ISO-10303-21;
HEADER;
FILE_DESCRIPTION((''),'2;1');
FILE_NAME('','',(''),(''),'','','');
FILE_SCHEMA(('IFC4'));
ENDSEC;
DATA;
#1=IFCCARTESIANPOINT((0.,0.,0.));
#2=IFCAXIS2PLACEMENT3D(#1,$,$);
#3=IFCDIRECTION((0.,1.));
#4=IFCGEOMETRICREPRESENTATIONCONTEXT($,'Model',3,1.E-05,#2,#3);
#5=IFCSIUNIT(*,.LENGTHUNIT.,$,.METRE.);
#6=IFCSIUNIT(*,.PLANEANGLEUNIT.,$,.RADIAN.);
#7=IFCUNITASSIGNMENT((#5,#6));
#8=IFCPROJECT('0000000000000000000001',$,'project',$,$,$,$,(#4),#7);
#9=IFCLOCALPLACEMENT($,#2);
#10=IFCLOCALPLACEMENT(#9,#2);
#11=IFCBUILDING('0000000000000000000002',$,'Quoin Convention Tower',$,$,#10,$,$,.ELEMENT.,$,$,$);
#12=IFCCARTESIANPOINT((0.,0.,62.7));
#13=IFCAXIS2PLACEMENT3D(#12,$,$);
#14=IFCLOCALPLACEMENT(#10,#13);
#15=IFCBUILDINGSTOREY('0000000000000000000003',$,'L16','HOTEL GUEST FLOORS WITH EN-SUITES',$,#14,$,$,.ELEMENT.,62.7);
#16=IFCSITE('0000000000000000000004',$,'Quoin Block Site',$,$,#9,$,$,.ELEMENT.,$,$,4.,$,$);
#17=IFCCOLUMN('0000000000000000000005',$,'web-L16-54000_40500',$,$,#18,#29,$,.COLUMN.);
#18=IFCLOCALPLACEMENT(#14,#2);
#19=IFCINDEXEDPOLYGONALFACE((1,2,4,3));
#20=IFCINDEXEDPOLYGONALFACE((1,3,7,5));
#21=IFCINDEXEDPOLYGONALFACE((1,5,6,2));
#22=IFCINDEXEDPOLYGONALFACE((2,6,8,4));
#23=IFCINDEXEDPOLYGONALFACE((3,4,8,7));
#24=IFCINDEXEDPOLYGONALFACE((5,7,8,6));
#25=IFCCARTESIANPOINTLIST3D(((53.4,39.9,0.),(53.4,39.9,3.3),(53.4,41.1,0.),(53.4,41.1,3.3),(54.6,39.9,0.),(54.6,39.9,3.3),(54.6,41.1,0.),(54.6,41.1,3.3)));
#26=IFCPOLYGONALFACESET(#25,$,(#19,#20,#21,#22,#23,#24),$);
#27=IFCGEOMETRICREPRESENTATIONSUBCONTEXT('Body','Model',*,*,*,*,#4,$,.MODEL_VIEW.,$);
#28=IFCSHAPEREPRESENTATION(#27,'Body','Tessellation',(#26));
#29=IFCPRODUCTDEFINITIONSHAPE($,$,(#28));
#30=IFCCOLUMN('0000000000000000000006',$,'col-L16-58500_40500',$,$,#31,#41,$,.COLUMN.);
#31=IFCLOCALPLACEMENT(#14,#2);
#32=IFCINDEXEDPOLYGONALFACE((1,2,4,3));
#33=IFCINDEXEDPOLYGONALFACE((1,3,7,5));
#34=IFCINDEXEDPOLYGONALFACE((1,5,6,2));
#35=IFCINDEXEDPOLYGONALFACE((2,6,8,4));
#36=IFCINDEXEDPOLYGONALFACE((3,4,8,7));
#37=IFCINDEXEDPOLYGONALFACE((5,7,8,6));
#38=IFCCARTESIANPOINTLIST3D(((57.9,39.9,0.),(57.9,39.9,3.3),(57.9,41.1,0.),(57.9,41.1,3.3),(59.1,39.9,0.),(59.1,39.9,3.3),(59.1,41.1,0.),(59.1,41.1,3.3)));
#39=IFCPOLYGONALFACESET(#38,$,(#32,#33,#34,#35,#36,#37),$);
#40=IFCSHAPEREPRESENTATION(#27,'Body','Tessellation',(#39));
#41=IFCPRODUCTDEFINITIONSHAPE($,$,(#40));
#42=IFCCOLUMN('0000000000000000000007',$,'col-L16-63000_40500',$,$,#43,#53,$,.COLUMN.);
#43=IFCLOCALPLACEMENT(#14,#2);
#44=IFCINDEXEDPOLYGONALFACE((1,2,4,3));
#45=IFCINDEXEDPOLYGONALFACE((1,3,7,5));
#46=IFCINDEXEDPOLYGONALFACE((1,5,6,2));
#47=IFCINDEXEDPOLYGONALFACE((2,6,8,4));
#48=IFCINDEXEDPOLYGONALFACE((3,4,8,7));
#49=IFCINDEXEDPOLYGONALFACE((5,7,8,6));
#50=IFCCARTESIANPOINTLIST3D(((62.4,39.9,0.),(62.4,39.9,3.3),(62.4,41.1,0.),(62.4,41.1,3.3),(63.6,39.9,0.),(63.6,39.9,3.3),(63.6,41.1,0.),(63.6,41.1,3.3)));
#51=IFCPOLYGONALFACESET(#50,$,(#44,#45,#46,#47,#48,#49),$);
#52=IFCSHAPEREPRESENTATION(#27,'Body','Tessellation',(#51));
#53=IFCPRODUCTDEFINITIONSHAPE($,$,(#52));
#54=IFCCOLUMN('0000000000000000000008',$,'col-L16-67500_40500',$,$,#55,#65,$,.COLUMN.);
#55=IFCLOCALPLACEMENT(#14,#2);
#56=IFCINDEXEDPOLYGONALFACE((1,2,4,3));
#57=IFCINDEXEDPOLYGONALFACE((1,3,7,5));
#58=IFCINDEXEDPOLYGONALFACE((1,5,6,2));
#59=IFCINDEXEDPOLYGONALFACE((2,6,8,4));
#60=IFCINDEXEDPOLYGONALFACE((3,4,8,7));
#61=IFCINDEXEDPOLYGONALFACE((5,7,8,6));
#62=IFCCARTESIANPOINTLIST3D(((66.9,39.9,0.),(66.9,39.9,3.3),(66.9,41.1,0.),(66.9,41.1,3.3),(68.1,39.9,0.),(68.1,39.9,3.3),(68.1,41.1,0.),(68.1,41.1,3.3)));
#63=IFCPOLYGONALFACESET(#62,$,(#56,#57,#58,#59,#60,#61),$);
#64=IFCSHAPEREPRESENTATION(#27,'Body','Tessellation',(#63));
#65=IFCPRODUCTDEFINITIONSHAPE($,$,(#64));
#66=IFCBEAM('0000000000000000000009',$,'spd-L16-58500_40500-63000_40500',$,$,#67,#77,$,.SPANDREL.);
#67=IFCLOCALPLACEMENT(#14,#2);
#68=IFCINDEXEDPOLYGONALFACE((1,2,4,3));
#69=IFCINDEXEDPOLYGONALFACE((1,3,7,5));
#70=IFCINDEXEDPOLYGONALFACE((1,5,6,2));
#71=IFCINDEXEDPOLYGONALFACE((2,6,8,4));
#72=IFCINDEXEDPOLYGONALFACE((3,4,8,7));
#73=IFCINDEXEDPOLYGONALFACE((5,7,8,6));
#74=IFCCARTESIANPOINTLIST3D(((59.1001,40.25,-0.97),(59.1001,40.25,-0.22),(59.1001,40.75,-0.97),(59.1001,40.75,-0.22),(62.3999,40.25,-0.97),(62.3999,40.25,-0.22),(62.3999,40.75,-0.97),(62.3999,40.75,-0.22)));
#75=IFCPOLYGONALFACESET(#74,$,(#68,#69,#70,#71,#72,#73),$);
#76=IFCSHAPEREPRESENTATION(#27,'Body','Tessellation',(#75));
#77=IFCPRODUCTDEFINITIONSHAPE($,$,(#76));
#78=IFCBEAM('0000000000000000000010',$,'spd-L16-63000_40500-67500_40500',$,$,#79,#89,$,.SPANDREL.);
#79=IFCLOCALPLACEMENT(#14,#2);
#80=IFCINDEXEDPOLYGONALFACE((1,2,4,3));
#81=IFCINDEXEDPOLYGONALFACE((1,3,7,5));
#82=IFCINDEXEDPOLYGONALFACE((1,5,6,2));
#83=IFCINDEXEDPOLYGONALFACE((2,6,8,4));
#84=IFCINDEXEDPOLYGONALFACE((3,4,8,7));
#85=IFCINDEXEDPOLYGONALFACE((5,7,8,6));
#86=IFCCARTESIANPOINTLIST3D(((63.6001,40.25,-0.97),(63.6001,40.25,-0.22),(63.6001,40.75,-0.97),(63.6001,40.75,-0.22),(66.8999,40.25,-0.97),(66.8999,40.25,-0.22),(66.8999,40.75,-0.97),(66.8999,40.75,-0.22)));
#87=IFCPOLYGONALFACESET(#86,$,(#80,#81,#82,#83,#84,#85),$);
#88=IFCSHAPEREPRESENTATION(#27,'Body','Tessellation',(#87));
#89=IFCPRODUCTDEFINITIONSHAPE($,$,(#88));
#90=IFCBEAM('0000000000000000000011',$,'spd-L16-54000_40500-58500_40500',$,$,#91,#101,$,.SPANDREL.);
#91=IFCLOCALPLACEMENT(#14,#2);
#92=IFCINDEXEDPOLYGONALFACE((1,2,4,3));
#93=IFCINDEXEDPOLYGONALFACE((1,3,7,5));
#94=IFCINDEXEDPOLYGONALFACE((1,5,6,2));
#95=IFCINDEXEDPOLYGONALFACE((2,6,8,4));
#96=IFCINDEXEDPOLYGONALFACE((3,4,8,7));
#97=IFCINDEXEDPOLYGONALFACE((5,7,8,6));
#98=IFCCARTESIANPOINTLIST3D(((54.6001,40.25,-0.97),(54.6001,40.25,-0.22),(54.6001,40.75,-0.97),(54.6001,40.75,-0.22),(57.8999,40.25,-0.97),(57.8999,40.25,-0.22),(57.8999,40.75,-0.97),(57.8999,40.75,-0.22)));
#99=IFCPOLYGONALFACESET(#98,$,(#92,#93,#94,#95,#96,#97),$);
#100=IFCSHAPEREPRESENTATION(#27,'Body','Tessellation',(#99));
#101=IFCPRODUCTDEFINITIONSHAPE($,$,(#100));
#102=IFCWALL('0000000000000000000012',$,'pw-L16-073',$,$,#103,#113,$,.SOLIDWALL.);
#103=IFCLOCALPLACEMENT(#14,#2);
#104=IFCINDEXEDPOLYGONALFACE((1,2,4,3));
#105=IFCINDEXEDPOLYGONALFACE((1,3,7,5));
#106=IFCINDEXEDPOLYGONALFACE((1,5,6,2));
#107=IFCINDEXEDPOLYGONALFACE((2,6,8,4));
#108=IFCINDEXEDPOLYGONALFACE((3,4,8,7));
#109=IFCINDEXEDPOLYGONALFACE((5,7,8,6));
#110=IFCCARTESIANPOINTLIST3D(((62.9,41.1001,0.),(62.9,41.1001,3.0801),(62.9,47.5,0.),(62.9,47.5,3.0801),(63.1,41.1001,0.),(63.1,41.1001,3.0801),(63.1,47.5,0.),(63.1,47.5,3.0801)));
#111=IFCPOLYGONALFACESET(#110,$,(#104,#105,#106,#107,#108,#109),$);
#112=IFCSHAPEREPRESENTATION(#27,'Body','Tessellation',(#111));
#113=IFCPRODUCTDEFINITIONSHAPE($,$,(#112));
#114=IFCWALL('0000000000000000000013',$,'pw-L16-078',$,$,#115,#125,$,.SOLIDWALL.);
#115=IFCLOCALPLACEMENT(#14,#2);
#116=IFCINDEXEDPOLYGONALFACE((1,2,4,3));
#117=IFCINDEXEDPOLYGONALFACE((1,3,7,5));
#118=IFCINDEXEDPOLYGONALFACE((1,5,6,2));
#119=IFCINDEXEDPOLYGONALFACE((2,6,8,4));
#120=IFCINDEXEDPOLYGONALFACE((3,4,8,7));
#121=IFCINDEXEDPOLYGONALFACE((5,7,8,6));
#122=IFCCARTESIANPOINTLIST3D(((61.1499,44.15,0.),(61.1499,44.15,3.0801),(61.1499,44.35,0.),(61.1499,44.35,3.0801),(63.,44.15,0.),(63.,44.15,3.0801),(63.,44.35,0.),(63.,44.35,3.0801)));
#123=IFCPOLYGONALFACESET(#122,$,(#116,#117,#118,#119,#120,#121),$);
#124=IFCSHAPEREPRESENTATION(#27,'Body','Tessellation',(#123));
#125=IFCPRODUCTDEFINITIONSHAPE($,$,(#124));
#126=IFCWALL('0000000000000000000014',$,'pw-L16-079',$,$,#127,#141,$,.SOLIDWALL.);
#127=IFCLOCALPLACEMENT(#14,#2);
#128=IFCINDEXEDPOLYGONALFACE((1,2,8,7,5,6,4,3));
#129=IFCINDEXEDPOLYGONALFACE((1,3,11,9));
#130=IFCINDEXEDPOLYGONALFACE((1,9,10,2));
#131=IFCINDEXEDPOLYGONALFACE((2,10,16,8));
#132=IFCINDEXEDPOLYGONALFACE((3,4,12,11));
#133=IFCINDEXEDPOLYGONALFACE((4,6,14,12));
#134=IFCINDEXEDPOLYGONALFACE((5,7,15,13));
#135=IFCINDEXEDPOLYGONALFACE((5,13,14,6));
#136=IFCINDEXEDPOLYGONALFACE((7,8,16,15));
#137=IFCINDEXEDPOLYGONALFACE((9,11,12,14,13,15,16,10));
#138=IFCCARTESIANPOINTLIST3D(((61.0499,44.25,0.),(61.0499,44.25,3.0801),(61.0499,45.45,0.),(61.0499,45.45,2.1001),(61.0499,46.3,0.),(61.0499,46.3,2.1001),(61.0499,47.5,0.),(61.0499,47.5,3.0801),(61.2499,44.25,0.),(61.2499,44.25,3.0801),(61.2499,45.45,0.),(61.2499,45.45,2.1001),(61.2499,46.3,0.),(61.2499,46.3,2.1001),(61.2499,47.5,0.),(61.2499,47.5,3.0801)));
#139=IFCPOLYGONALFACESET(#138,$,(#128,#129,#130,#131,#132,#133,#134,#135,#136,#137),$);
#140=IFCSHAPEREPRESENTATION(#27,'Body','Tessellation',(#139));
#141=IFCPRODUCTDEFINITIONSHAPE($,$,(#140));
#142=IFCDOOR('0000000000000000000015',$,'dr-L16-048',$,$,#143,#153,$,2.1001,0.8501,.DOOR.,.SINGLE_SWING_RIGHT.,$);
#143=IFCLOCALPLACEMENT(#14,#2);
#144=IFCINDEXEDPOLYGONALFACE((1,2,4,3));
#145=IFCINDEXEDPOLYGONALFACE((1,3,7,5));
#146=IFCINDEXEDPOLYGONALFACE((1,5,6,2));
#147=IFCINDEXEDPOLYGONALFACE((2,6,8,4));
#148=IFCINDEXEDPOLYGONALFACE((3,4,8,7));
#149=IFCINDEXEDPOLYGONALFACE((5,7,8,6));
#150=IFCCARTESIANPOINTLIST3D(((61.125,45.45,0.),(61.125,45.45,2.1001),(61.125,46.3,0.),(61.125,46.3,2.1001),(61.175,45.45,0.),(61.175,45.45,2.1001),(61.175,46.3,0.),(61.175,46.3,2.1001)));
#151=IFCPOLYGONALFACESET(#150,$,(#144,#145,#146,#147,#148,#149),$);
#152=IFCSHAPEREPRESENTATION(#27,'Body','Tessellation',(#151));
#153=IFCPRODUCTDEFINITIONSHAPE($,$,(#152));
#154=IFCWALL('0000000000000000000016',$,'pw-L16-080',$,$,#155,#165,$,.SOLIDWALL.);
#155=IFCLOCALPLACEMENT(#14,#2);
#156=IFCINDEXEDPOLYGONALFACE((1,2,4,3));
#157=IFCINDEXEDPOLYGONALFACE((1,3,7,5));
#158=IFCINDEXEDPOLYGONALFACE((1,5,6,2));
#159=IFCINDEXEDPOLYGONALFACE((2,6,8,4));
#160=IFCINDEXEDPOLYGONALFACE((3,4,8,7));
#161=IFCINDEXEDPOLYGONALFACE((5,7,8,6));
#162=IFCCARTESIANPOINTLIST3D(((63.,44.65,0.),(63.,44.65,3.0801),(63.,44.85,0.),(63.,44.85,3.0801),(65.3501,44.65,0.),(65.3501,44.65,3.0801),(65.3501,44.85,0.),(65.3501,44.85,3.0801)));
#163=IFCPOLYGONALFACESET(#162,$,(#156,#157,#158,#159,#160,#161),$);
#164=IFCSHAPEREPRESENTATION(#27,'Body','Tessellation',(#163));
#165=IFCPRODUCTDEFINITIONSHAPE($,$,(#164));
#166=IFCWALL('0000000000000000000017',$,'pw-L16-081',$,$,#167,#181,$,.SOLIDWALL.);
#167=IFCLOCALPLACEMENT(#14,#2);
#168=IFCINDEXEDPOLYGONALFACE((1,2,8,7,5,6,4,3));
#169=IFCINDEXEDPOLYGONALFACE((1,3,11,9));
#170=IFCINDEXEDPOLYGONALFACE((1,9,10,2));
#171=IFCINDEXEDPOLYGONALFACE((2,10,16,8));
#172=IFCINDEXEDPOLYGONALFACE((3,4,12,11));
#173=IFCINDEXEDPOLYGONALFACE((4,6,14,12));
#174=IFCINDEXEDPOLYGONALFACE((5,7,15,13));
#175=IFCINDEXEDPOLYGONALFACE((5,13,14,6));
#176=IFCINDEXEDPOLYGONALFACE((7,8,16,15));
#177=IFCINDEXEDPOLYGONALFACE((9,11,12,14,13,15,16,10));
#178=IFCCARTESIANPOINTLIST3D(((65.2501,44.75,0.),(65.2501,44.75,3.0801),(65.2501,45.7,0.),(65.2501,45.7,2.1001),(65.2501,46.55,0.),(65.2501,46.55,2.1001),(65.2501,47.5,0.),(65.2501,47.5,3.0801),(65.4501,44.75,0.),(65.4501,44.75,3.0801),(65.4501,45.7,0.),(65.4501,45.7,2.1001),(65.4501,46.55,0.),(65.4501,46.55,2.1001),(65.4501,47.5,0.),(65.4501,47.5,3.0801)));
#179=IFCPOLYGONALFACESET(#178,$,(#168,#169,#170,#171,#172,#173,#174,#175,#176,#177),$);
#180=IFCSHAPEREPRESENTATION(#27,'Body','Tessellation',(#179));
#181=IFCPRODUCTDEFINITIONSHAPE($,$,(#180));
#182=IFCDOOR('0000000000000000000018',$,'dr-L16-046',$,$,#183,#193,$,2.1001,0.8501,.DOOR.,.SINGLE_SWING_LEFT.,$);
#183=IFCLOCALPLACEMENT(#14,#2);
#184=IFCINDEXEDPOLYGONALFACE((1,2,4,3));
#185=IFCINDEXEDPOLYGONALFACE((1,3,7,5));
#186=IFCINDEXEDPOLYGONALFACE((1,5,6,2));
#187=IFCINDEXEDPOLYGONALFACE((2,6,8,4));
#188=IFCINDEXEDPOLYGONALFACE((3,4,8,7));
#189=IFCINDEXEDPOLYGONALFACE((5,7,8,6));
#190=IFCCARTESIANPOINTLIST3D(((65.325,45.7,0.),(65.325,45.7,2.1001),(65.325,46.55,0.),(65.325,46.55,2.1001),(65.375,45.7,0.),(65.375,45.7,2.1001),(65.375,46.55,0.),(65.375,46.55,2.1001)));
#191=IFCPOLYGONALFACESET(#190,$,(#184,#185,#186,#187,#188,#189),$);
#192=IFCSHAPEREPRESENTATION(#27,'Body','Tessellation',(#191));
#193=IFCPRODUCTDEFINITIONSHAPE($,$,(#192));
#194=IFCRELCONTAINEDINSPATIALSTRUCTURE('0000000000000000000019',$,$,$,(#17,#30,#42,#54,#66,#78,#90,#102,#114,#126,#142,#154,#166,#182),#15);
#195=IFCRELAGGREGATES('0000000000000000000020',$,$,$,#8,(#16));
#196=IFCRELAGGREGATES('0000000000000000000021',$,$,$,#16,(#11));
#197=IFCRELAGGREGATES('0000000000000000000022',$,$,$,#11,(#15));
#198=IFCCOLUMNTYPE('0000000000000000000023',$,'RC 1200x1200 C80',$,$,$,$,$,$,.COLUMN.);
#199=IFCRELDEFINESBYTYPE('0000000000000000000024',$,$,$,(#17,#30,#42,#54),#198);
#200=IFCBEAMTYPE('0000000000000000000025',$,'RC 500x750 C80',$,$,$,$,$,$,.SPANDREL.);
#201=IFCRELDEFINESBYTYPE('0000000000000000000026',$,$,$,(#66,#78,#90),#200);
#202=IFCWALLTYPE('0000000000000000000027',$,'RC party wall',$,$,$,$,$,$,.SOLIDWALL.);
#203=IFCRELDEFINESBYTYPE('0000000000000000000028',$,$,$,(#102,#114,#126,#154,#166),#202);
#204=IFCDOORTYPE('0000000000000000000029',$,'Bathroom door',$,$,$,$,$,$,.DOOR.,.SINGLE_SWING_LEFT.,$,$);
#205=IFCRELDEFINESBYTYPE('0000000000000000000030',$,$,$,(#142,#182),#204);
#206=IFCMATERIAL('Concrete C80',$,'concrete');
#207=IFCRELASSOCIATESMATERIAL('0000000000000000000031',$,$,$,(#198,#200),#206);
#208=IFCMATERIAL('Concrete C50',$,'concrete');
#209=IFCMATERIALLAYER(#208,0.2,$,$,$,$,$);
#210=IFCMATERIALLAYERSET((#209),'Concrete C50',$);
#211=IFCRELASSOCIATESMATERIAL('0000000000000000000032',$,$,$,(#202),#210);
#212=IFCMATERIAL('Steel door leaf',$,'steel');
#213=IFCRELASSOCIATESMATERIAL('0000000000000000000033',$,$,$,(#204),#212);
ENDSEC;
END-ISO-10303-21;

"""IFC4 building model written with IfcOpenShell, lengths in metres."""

from ifc_helpers import new_model, si_unit, direction, frame, frame_2d, origin, origin_2d, place, context, subcontext, project, spatial, rectangle, extrude, material, layer, layer_set, material_profile, profile_set, type_object, element, fill, save


model = new_model("IFC4")

# Units and contexts
model_context = context("Model", 3, precision=1e-05, world=origin(), true_north=direction((0.0, 1.0)))
body_context = subcontext(model_context, "Body", "Model", "MODEL_VIEW")
ifc_project = project(units=[si_unit("LENGTHUNIT", "METRE"), si_unit("PLANEANGLEUNIT", "RADIAN")], contexts=[model_context])

# Site, building, storey
site_placement = place(None, origin())
site = spatial("IfcSite", under=ifc_project, at=site_placement, Name="Quoin Block Site", CompositionType="ELEMENT", RefElevation=4.0)
building_placement = place(site_placement, origin())
building = spatial("IfcBuilding", under=site, at=building_placement, Name="Quoin Convention Tower", CompositionType="ELEMENT")
storey_placement = place(building_placement, frame((0.0, 0.0, 62.7)))
storey = spatial("IfcBuildingStorey", under=building, at=storey_placement, Name="L16", Description="HOTEL GUEST FLOORS WITH EN-SUITES", CompositionType="ELEMENT", Elevation=62.7)

# Columns
ifc_material_1 = material(Name="Concrete C80", Category="concrete")
ifc_material_profile_1 = material_profile(ifc_material_1, rectangle(XDim=1.2, YDim=1.2, at=origin_2d()), Name="RC 1200x1200")
ifc_profile_set_1 = profile_set([ifc_material_profile_1], Name="Concrete C80")
column_type = type_object("IfcColumnType", Name="RC 1200x1200 C80", PredefinedType="COLUMN", material=ifc_profile_set_1)
for number, where, z_axis, x_axis, name in (
    (1, (54.0, 40.5, 0.0), (0.0, 0.0, 1.0), (1.0, 0.0, 0.0), "web-L16-54000_40500"),
    (2, (58.5, 40.5, 0.0), (0.0, 0.0, 1.0), (1.0, 0.0, 0.0), "col-L16-58500_40500"),
    (3, (63.0, 40.5, 0.0), (0.0, 0.0, 1.0), (1.0, 0.0, 0.0), "col-L16-63000_40500"),
    (4, (67.5, 40.5, 0.0), (0.0, 0.0, 1.0), (1.0, 0.0, 0.0), "col-L16-67500_40500"),
):
    element("IfcColumn", number, at=place(storey_placement, frame(where, z_axis=z_axis, x_axis=x_axis)), inside=storey, type_object=column_type, Name=name, PredefinedType="COLUMN", context=body_context, shape_type="SweptSolid", body=[
        extrude(rectangle(XDim=1.2, YDim=1.2, at=origin_2d()), origin(), (0.0, 0.0, 1.0), 3.3),
    ])

# Beams
ifc_material_profile_2 = material_profile(ifc_material_1, rectangle(XDim=0.5, YDim=0.75, at=origin_2d()), Name="RC 500x750")
ifc_profile_set_2 = profile_set([ifc_material_profile_2], Name="Concrete C80")
beam_type = type_object("IfcBeamType", Name="RC 500x750 C80", PredefinedType="SPANDREL", material=ifc_profile_set_2)
for number, where, z_axis, x_axis, name in (
    (5, (59.1001, 40.5, -0.595), (1.0, 0.0, 0.0), (0.0, 1.0, 0.0), "spd-L16-58500_40500-63000_40500"),
    (6, (63.6001, 40.5, -0.595), (1.0, 0.0, 0.0), (0.0, 1.0, 0.0), "spd-L16-63000_40500-67500_40500"),
    (7, (54.6001, 40.5, -0.595), (1.0, 0.0, 0.0), (0.0, 1.0, 0.0), "spd-L16-54000_40500-58500_40500"),
):
    element("IfcBeam", number, at=place(storey_placement, frame(where, z_axis=z_axis, x_axis=x_axis)), inside=storey, type_object=beam_type, Name=name, PredefinedType="SPANDREL", context=body_context, shape_type="SweptSolid", body=[
        extrude(rectangle(XDim=0.5, YDim=0.75, at=origin_2d()), origin(), (0.0, 0.0, 1.0), 3.2998),
    ])

# Walls
ifc_material_2 = material(Name="Concrete C50", Category="concrete")
ifc_layer_1 = layer(ifc_material_2, 0.2)
ifc_layer_set_1 = layer_set([ifc_layer_1], Name="Concrete C50")
wall_type_1 = type_object("IfcWallType", Name="RC party wall", PredefinedType="SOLIDWALL", material=ifc_layer_set_1)
wall_1_placement = place(storey_placement, frame((63.0, 41.1001, 0.0), z_axis=(0.0, 0.0, 1.0), x_axis=(0.0, 1.0, 0.0)))
element("IfcWall", 8, at=wall_1_placement, inside=storey, type_object=wall_type_1, Name="pw-L16-073", PredefinedType="SOLIDWALL", context=body_context, shape_type="SweptSolid", body=[
    extrude(rectangle(XDim=6.3999, YDim=0.2, at=frame_2d((3.2, 0.0))), origin(), (0.0, 0.0, 1.0), 3.0801),
])
wall_2_placement = place(storey_placement, frame((61.1499, 44.25, 0.0), z_axis=(0.0, 0.0, 1.0), x_axis=(1.0, 0.0, 0.0)))
element("IfcWall", 9, at=wall_2_placement, inside=storey, type_object=wall_type_1, Name="pw-L16-078", PredefinedType="SOLIDWALL", context=body_context, shape_type="SweptSolid", body=[
    extrude(rectangle(XDim=1.8501, YDim=0.2, at=frame_2d((0.925, 0.0))), origin(), (0.0, 0.0, 1.0), 3.0801),
])

# Wall, opening, door
wall_3_placement = place(storey_placement, frame((61.1499, 44.25, 0.0), z_axis=(0.0, 0.0, 1.0), x_axis=(0.0, 1.0, 0.0)))
wall_3 = element("IfcWall", 10, at=wall_3_placement, inside=storey, type_object=wall_type_1, Name="pw-L16-079", PredefinedType="SOLIDWALL", context=body_context, shape_type="SweptSolid", body=[
    extrude(rectangle(XDim=3.25, YDim=0.2, at=frame_2d((1.625, 0.0))), origin(), (0.0, 0.0, 1.0), 3.0801),
])
opening_1_placement = place(wall_3_placement, frame((1.2, 0.0, 0.0)))
opening_1 = element("IfcOpeningElement", 11, at=opening_1_placement, cuts=wall_3, PredefinedType="OPENING", context=body_context, shape_type="SweptSolid", body=[
    extrude(rectangle(XDim=0.8501, YDim=2.1001, at=frame_2d((0.425, 1.05))), frame((0.0, 0.1099, 0.0), z_axis=(0.0, -1.0, 0.0), x_axis=(1.0, 0.0, 0.0)), (0.0, 0.0, 1.0), 0.22),
])
ifc_material_3 = material(Name="Steel door leaf", Category="steel")
door_type = type_object("IfcDoorType", Name="Bathroom door", OperationType="SINGLE_SWING_LEFT", PredefinedType="DOOR", material=ifc_material_3)
door_1_placement = place(opening_1_placement, origin())
door_1 = element("IfcDoor", 12, at=door_1_placement, inside=storey, type_object=door_type, Name="dr-L16-048", OperationType="SINGLE_SWING_RIGHT", OverallHeight=2.1001, OverallWidth=0.8501, PredefinedType="DOOR", context=body_context, shape_type="SweptSolid", body=[
    extrude(rectangle(XDim=0.8501, YDim=2.1001, at=frame_2d((0.425, 1.05))), frame((0.0, 0.0249, 0.0), z_axis=(0.0, -1.0, 0.0), x_axis=(1.0, 0.0, 0.0)), (0.0, 0.0, 1.0), 0.05),
])
fill(opening_1, door_1)

# Wall
wall_4_placement = place(storey_placement, frame((63.0, 44.75, 0.0), z_axis=(0.0, 0.0, 1.0), x_axis=(1.0, 0.0, 0.0)))
element("IfcWall", 13, at=wall_4_placement, inside=storey, type_object=wall_type_1, Name="pw-L16-080", PredefinedType="SOLIDWALL", context=body_context, shape_type="SweptSolid", body=[
    extrude(rectangle(XDim=2.3501, YDim=0.2, at=frame_2d((1.175, 0.0))), origin(), (0.0, 0.0, 1.0), 3.0801),
])

# Wall, opening, door
wall_5_placement = place(storey_placement, frame((65.3501, 44.75, 0.0), z_axis=(0.0, 0.0, 1.0), x_axis=(0.0, 1.0, 0.0)))
wall_5 = element("IfcWall", 14, at=wall_5_placement, inside=storey, type_object=wall_type_1, Name="pw-L16-081", PredefinedType="SOLIDWALL", context=body_context, shape_type="SweptSolid", body=[
    extrude(rectangle(XDim=2.75, YDim=0.2, at=frame_2d((1.375, 0.0))), origin(), (0.0, 0.0, 1.0), 3.0801),
])
opening_2_placement = place(wall_5_placement, frame((0.95, 0.0, 0.0)))
opening_2 = element("IfcOpeningElement", 15, at=opening_2_placement, cuts=wall_5, PredefinedType="OPENING", context=body_context, shape_type="SweptSolid", body=[
    extrude(rectangle(XDim=0.8501, YDim=2.1001, at=frame_2d((0.425, 1.05))), frame((0.0, 0.1099, 0.0), z_axis=(0.0, -1.0, 0.0), x_axis=(1.0, 0.0, 0.0)), (0.0, 0.0, 1.0), 0.22),
])
door_2_placement = place(opening_2_placement, frame((0.8501, 0.0, 0.0), z_axis=(0.0, 0.0, 1.0), x_axis=(-1.0, 0.0, 0.0)))
door_2 = element("IfcDoor", 16, at=door_2_placement, inside=storey, type_object=door_type, Name="dr-L16-046", OperationType="SINGLE_SWING_LEFT", OverallHeight=2.1001, OverallWidth=0.8501, PredefinedType="DOOR", context=body_context, shape_type="SweptSolid", body=[
    extrude(rectangle(XDim=0.8501, YDim=2.1001, at=frame_2d((0.425, 1.05))), frame((0.0, 0.0249, 0.0), z_axis=(0.0, -1.0, 0.0), x_axis=(1.0, 0.0, 0.0)), (0.0, 0.0, 1.0), 0.05),
])
fill(opening_2, door_2)

save(model, "model.ifc")
